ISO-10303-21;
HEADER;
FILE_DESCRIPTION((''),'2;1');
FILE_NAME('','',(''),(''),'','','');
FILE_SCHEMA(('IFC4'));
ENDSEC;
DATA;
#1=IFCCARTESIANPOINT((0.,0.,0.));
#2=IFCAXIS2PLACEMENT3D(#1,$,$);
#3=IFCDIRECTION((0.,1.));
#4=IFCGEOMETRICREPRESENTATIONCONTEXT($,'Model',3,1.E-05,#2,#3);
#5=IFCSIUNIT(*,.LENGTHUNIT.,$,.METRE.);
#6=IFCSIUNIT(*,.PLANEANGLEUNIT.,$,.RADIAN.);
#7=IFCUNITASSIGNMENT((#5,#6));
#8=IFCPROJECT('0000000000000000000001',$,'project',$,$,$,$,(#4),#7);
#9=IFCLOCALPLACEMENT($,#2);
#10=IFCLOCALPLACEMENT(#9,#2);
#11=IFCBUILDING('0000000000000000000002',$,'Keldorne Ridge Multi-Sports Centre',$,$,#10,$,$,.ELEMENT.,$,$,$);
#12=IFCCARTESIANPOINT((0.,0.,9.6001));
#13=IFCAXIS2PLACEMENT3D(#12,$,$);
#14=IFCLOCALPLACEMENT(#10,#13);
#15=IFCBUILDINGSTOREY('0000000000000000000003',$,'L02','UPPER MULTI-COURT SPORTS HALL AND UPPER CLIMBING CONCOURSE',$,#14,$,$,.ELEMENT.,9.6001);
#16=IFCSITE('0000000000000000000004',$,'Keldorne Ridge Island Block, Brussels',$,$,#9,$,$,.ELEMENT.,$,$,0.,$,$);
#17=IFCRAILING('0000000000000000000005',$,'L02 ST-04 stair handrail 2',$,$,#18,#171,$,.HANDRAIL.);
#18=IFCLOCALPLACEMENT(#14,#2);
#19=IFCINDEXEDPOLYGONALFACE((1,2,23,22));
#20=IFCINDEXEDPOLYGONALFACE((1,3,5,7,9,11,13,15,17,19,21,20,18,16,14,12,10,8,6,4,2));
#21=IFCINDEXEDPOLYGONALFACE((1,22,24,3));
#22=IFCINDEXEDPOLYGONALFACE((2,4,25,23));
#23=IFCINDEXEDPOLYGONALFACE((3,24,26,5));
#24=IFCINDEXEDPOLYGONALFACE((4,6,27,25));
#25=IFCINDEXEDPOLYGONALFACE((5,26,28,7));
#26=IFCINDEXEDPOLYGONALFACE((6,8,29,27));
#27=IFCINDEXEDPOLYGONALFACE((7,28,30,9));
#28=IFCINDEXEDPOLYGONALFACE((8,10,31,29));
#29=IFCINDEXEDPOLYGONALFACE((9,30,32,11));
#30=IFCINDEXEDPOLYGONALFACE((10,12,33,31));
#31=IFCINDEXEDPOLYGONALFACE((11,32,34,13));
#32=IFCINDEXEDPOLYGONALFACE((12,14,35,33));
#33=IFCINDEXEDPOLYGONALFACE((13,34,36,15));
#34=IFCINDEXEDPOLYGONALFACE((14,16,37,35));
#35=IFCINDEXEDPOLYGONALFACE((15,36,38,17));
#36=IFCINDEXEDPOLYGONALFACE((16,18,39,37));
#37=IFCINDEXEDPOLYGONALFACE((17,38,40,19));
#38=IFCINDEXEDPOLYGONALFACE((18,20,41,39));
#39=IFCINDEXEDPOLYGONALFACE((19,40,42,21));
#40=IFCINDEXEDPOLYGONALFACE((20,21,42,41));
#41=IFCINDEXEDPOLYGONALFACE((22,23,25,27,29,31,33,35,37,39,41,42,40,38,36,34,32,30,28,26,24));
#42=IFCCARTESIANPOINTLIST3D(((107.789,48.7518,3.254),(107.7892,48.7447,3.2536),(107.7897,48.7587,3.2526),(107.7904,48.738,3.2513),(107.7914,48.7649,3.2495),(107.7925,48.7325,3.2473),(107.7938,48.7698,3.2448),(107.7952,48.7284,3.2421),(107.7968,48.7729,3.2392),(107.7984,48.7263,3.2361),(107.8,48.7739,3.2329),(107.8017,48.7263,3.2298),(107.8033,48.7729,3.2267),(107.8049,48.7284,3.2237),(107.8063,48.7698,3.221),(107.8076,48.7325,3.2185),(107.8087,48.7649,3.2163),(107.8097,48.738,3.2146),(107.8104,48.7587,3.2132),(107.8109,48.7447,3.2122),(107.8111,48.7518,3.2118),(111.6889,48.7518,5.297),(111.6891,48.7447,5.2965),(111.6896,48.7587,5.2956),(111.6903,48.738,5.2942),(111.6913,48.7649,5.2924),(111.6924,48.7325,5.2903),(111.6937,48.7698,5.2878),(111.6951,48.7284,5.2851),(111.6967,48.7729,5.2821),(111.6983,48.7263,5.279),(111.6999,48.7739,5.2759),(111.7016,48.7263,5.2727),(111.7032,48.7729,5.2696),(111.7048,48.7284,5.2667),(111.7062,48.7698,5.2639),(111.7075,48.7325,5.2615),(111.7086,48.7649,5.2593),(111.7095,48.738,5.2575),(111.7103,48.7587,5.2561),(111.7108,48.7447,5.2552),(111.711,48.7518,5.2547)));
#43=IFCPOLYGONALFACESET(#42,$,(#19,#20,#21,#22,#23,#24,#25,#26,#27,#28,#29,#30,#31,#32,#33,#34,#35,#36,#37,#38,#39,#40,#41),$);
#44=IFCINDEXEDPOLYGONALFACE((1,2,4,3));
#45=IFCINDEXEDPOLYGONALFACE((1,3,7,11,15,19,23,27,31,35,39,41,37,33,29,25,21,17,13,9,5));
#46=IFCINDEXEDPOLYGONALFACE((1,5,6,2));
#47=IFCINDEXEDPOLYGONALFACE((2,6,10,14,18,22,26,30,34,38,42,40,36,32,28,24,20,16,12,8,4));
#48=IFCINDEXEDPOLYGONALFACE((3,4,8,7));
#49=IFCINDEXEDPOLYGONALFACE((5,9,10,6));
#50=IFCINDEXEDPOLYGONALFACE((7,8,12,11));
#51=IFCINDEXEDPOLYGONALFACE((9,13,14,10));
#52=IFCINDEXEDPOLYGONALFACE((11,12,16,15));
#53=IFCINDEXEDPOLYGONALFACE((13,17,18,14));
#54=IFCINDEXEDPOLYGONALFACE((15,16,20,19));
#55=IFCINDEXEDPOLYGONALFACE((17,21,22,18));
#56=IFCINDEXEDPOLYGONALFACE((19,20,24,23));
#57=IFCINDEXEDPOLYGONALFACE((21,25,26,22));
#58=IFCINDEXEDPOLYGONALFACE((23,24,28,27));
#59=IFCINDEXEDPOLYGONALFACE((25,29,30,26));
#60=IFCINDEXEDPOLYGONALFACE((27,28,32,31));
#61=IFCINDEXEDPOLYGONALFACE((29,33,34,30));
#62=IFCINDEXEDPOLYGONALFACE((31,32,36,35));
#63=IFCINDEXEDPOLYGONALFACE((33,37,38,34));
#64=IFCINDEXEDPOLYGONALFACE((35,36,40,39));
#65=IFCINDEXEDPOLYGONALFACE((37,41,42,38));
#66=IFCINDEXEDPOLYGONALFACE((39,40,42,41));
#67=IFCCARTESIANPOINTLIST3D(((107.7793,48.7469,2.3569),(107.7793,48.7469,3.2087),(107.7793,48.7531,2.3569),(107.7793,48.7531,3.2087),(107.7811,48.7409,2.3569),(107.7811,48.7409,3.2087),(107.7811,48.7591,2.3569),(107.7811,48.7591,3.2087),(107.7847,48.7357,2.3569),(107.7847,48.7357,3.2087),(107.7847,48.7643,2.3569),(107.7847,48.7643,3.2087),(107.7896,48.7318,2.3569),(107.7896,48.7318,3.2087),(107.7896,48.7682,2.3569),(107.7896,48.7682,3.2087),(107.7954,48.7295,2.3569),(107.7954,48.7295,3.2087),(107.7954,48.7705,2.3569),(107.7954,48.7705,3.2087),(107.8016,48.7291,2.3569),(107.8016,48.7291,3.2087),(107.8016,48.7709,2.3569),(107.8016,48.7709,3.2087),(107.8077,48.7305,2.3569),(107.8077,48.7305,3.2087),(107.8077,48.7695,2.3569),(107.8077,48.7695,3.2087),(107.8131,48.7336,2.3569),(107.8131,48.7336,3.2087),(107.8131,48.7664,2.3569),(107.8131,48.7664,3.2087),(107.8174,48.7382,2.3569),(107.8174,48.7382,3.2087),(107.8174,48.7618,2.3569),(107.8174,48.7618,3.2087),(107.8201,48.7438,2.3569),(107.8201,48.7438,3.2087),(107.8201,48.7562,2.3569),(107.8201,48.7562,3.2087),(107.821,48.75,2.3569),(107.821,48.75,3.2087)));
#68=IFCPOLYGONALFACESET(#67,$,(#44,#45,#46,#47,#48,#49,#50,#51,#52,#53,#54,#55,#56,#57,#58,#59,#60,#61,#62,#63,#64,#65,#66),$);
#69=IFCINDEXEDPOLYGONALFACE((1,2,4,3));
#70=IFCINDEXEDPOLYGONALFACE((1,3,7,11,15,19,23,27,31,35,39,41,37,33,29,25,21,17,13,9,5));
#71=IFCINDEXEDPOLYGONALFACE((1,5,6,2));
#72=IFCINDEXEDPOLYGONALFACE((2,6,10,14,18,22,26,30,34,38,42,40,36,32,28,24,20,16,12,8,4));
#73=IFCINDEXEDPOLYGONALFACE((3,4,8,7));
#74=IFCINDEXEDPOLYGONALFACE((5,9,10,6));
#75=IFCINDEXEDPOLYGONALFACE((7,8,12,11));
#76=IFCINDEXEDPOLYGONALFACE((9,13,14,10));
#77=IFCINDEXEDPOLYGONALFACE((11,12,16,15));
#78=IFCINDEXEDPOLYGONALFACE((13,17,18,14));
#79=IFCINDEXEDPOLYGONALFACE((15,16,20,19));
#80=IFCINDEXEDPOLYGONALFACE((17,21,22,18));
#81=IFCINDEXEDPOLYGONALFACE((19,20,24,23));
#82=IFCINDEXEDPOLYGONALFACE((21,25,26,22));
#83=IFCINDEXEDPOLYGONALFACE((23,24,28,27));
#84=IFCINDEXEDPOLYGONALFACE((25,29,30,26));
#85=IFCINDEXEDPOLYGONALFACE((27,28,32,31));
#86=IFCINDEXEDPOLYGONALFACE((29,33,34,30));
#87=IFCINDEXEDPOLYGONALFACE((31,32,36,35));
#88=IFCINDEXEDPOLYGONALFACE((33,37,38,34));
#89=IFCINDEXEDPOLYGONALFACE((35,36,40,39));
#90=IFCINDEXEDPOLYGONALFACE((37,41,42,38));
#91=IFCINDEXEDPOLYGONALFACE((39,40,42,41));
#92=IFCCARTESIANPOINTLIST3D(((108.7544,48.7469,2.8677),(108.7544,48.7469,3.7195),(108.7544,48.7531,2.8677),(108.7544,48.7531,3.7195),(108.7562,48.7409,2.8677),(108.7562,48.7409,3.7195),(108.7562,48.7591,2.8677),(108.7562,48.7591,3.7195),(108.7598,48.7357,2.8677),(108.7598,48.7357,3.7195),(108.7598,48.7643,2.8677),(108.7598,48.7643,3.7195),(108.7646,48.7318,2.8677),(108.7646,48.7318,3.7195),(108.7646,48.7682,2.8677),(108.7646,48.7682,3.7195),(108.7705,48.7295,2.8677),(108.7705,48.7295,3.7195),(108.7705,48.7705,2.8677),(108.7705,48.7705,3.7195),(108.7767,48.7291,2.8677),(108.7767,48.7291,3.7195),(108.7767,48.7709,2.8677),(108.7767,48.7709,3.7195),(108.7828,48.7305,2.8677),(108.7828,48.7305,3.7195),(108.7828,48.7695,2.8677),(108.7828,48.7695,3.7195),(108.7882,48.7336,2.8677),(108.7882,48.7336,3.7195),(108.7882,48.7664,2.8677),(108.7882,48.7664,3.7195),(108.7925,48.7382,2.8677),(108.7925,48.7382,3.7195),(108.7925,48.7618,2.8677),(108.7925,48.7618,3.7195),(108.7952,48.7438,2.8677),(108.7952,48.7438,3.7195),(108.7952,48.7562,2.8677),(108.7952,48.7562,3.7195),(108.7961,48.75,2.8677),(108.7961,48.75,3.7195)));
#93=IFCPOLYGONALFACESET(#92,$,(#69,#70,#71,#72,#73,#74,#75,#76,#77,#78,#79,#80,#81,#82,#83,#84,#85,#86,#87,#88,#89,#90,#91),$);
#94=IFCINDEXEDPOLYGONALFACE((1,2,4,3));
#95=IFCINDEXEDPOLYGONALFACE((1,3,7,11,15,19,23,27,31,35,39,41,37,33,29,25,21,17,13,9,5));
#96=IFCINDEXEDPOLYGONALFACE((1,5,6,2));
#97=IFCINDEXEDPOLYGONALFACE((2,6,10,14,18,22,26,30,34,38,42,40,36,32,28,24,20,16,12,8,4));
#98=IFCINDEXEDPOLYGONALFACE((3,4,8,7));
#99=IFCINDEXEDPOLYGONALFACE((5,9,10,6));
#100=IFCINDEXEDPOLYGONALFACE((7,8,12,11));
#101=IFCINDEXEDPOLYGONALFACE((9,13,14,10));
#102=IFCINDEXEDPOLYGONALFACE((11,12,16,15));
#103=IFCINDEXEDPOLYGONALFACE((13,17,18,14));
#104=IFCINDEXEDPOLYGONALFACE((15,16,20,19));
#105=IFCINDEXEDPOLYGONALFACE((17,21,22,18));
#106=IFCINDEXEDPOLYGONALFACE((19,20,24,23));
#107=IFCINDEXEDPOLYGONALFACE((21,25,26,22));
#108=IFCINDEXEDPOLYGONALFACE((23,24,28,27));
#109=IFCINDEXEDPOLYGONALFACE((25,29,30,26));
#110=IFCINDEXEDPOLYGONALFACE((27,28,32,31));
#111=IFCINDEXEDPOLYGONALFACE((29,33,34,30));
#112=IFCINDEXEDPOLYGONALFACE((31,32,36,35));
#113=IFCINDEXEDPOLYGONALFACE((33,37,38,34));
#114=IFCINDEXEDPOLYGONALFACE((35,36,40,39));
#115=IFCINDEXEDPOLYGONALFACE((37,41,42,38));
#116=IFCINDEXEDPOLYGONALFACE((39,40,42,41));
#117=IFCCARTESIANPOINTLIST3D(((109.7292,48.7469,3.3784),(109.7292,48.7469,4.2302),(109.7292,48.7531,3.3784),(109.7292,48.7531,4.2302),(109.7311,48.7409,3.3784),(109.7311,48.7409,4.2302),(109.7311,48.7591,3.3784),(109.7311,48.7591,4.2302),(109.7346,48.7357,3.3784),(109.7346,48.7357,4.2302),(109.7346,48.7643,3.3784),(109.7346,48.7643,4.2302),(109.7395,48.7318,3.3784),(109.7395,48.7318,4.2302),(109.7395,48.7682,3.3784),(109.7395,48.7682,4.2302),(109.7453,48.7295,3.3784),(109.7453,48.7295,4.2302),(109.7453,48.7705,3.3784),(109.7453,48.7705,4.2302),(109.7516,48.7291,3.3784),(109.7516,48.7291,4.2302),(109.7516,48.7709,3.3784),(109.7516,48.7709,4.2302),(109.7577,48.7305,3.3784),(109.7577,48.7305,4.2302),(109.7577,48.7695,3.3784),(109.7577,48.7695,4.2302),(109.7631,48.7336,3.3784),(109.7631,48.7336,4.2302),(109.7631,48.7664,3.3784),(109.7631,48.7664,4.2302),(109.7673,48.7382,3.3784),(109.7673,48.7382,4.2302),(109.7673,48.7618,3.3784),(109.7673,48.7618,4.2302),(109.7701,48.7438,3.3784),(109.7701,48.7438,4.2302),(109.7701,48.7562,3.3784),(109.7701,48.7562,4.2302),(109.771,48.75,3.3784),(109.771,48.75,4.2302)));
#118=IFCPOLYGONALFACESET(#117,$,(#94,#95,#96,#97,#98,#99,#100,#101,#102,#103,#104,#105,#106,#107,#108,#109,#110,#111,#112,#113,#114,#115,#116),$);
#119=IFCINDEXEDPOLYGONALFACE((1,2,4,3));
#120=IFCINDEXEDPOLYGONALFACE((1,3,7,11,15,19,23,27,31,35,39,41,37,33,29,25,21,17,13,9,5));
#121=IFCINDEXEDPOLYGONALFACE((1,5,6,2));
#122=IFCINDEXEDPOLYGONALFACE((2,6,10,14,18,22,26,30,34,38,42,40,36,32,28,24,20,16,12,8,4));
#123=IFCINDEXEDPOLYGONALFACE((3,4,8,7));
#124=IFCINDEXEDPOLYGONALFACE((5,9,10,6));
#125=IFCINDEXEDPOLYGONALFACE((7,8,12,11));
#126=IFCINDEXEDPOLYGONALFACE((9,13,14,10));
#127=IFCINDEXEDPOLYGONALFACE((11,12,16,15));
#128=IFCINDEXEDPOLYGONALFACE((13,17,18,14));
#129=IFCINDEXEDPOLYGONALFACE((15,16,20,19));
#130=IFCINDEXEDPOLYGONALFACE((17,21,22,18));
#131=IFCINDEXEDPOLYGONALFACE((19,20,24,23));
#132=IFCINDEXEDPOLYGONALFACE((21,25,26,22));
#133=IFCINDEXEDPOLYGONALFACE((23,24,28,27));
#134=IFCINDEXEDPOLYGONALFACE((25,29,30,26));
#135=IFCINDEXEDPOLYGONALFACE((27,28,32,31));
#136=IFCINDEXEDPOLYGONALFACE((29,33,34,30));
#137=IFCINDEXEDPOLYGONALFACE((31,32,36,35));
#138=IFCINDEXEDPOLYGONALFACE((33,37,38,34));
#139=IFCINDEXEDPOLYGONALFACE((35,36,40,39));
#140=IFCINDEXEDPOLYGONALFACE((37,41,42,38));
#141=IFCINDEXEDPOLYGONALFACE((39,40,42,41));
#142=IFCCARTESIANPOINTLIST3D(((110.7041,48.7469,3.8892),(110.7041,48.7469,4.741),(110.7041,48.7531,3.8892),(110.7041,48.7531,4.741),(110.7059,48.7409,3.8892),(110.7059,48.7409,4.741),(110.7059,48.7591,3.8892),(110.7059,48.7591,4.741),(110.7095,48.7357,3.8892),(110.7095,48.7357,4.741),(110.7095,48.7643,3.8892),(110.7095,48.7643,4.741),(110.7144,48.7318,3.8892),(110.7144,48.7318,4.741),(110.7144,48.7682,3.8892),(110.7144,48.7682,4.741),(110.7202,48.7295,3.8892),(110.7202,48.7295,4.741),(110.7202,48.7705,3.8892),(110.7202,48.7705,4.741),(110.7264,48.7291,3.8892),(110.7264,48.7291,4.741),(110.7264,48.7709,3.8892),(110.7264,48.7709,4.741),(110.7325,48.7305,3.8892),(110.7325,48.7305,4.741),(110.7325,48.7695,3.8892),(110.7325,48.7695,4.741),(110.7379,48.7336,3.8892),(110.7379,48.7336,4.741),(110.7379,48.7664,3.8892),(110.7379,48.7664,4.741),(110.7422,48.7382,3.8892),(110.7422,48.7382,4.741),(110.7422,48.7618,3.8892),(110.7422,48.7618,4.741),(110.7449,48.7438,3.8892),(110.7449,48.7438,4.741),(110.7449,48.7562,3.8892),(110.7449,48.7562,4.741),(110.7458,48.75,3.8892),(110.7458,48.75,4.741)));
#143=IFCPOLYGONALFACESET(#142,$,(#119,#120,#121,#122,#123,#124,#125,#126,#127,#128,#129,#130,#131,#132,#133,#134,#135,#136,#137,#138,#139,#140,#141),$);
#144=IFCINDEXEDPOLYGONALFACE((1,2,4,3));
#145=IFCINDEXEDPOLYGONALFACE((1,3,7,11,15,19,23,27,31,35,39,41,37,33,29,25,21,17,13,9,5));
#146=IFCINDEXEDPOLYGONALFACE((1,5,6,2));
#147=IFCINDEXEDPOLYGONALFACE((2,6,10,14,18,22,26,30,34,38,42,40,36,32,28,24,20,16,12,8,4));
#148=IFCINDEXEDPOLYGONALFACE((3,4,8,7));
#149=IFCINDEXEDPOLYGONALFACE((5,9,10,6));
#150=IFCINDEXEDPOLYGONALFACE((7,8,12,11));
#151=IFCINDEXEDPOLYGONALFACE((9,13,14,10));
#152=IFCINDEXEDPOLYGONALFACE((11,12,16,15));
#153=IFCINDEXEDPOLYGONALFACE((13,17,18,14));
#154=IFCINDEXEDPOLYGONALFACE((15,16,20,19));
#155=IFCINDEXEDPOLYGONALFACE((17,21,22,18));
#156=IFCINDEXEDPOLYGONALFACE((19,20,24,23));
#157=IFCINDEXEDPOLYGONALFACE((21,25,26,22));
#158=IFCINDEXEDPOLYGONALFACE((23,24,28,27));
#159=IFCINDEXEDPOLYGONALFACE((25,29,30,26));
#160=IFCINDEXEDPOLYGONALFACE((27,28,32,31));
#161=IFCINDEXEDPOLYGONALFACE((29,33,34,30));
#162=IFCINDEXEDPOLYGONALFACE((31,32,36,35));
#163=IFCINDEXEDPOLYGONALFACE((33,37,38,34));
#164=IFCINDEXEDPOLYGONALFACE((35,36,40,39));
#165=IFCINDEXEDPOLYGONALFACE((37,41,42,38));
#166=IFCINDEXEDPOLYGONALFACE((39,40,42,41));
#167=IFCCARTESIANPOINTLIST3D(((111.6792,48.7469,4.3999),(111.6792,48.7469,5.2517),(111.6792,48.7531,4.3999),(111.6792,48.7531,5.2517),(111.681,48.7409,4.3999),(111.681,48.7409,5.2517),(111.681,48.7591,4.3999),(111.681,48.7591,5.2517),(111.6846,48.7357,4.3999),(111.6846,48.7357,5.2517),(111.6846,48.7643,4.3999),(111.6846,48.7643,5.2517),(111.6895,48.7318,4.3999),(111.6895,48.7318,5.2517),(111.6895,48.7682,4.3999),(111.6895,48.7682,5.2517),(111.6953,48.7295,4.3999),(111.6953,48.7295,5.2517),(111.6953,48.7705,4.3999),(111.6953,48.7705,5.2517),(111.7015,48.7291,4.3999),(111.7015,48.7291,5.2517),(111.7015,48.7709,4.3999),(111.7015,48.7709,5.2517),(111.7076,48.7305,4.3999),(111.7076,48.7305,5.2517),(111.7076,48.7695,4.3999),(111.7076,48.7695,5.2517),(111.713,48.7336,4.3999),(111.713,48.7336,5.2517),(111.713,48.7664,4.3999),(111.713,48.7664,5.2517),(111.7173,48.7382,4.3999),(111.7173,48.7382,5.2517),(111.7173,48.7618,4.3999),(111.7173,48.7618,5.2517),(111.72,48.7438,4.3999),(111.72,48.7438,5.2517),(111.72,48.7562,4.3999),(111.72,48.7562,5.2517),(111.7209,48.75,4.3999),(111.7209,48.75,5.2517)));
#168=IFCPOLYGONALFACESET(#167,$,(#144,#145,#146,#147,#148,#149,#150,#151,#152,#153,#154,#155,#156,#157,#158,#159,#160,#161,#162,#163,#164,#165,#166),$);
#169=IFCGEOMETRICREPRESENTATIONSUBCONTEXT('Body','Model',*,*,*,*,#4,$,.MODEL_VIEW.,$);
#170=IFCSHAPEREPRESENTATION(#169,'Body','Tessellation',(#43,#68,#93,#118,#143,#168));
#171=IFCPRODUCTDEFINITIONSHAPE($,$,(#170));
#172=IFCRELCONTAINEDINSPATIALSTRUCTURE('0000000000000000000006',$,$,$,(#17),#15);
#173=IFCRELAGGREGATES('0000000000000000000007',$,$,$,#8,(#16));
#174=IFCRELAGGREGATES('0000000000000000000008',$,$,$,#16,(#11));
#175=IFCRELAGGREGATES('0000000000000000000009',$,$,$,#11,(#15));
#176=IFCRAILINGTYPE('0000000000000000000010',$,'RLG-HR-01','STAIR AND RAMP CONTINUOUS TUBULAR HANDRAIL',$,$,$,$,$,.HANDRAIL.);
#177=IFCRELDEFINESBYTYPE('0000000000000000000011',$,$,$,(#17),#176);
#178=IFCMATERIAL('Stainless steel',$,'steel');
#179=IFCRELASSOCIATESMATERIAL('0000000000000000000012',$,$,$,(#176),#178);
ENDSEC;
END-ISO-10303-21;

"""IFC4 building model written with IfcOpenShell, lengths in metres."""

from ifc_helpers import new_model, si_unit, direction, frame, origin, origin_2d, place, context, subcontext, project, spatial, circle, extrude, material, type_object, element, save


model = new_model("IFC4")

# Units and contexts
model_context = context("Model", 3, precision=1e-05, world=origin(), true_north=direction((0.0, 1.0)))
body_context = subcontext(model_context, "Body", "Model", "MODEL_VIEW")
ifc_project = project(units=[si_unit("LENGTHUNIT", "METRE"), si_unit("PLANEANGLEUNIT", "RADIAN")], contexts=[model_context])

# Site, building, storey
site_placement = place(None, origin())
site = spatial("IfcSite", under=ifc_project, at=site_placement, Name="Keldorne Ridge Island Block, Brussels", CompositionType="ELEMENT", RefElevation=0.0)
building_placement = place(site_placement, origin())
building = spatial("IfcBuilding", under=site, at=building_placement, Name="Keldorne Ridge Multi-Sports Centre", CompositionType="ELEMENT")
storey_placement = place(building_placement, frame((0.0, 0.0, 9.6001)))
storey = spatial("IfcBuildingStorey", under=building, at=storey_placement, Name="L02", Description="UPPER MULTI-COURT SPORTS HALL AND UPPER CLIMBING CONCOURSE", CompositionType="ELEMENT", Elevation=9.6001)

# Railing
ifc_material_1 = material(Name="Stainless steel", Category="steel")
railing_type_1 = type_object("IfcRailingType", Name="RLG-HR-01", Description="STAIR AND RAMP CONTINUOUS TUBULAR HANDRAIL", PredefinedType="HANDRAIL", material=ifc_material_1)
railing_1_placement = place(storey_placement, frame((107.8, 48.75, 2.3569)))
element("IfcRailing", 1, at=railing_1_placement, inside=storey, type_object=railing_type_1, Name="L02 ST-04 stair handrail 2", PredefinedType="HANDRAIL", context=body_context, shape_type="SweptSolid", body=[
    extrude(circle(Radius=0.0239, at=origin_2d()), frame((0.0, 0.0, 0.876), z_axis=(0.885816, 0.0, 0.464036), x_axis=(0.0, 1.0, 0.0)), (0.0, 0.0, 1.0), 4.4026),
    extrude(circle(Radius=0.021, at=origin_2d()), origin(), (0.0, 0.0, 1.0), 0.8518),
    extrude(circle(Radius=0.021, at=origin_2d()), frame((0.9751, 0.0, 0.5107)), (0.0, 0.0, 1.0), 0.8518),
    extrude(circle(Radius=0.021, at=origin_2d()), frame((1.95, 0.0, 1.0215)), (0.0, 0.0, 1.0), 0.8518),
    extrude(circle(Radius=0.021, at=origin_2d()), frame((2.9248, 0.0, 1.5322)), (0.0, 0.0, 1.0), 0.8518),
    extrude(circle(Radius=0.021, at=origin_2d()), frame((3.8999, 0.0, 2.043)), (0.0, 0.0, 1.0), 0.8518),
])

save(model, "model.ifc")
